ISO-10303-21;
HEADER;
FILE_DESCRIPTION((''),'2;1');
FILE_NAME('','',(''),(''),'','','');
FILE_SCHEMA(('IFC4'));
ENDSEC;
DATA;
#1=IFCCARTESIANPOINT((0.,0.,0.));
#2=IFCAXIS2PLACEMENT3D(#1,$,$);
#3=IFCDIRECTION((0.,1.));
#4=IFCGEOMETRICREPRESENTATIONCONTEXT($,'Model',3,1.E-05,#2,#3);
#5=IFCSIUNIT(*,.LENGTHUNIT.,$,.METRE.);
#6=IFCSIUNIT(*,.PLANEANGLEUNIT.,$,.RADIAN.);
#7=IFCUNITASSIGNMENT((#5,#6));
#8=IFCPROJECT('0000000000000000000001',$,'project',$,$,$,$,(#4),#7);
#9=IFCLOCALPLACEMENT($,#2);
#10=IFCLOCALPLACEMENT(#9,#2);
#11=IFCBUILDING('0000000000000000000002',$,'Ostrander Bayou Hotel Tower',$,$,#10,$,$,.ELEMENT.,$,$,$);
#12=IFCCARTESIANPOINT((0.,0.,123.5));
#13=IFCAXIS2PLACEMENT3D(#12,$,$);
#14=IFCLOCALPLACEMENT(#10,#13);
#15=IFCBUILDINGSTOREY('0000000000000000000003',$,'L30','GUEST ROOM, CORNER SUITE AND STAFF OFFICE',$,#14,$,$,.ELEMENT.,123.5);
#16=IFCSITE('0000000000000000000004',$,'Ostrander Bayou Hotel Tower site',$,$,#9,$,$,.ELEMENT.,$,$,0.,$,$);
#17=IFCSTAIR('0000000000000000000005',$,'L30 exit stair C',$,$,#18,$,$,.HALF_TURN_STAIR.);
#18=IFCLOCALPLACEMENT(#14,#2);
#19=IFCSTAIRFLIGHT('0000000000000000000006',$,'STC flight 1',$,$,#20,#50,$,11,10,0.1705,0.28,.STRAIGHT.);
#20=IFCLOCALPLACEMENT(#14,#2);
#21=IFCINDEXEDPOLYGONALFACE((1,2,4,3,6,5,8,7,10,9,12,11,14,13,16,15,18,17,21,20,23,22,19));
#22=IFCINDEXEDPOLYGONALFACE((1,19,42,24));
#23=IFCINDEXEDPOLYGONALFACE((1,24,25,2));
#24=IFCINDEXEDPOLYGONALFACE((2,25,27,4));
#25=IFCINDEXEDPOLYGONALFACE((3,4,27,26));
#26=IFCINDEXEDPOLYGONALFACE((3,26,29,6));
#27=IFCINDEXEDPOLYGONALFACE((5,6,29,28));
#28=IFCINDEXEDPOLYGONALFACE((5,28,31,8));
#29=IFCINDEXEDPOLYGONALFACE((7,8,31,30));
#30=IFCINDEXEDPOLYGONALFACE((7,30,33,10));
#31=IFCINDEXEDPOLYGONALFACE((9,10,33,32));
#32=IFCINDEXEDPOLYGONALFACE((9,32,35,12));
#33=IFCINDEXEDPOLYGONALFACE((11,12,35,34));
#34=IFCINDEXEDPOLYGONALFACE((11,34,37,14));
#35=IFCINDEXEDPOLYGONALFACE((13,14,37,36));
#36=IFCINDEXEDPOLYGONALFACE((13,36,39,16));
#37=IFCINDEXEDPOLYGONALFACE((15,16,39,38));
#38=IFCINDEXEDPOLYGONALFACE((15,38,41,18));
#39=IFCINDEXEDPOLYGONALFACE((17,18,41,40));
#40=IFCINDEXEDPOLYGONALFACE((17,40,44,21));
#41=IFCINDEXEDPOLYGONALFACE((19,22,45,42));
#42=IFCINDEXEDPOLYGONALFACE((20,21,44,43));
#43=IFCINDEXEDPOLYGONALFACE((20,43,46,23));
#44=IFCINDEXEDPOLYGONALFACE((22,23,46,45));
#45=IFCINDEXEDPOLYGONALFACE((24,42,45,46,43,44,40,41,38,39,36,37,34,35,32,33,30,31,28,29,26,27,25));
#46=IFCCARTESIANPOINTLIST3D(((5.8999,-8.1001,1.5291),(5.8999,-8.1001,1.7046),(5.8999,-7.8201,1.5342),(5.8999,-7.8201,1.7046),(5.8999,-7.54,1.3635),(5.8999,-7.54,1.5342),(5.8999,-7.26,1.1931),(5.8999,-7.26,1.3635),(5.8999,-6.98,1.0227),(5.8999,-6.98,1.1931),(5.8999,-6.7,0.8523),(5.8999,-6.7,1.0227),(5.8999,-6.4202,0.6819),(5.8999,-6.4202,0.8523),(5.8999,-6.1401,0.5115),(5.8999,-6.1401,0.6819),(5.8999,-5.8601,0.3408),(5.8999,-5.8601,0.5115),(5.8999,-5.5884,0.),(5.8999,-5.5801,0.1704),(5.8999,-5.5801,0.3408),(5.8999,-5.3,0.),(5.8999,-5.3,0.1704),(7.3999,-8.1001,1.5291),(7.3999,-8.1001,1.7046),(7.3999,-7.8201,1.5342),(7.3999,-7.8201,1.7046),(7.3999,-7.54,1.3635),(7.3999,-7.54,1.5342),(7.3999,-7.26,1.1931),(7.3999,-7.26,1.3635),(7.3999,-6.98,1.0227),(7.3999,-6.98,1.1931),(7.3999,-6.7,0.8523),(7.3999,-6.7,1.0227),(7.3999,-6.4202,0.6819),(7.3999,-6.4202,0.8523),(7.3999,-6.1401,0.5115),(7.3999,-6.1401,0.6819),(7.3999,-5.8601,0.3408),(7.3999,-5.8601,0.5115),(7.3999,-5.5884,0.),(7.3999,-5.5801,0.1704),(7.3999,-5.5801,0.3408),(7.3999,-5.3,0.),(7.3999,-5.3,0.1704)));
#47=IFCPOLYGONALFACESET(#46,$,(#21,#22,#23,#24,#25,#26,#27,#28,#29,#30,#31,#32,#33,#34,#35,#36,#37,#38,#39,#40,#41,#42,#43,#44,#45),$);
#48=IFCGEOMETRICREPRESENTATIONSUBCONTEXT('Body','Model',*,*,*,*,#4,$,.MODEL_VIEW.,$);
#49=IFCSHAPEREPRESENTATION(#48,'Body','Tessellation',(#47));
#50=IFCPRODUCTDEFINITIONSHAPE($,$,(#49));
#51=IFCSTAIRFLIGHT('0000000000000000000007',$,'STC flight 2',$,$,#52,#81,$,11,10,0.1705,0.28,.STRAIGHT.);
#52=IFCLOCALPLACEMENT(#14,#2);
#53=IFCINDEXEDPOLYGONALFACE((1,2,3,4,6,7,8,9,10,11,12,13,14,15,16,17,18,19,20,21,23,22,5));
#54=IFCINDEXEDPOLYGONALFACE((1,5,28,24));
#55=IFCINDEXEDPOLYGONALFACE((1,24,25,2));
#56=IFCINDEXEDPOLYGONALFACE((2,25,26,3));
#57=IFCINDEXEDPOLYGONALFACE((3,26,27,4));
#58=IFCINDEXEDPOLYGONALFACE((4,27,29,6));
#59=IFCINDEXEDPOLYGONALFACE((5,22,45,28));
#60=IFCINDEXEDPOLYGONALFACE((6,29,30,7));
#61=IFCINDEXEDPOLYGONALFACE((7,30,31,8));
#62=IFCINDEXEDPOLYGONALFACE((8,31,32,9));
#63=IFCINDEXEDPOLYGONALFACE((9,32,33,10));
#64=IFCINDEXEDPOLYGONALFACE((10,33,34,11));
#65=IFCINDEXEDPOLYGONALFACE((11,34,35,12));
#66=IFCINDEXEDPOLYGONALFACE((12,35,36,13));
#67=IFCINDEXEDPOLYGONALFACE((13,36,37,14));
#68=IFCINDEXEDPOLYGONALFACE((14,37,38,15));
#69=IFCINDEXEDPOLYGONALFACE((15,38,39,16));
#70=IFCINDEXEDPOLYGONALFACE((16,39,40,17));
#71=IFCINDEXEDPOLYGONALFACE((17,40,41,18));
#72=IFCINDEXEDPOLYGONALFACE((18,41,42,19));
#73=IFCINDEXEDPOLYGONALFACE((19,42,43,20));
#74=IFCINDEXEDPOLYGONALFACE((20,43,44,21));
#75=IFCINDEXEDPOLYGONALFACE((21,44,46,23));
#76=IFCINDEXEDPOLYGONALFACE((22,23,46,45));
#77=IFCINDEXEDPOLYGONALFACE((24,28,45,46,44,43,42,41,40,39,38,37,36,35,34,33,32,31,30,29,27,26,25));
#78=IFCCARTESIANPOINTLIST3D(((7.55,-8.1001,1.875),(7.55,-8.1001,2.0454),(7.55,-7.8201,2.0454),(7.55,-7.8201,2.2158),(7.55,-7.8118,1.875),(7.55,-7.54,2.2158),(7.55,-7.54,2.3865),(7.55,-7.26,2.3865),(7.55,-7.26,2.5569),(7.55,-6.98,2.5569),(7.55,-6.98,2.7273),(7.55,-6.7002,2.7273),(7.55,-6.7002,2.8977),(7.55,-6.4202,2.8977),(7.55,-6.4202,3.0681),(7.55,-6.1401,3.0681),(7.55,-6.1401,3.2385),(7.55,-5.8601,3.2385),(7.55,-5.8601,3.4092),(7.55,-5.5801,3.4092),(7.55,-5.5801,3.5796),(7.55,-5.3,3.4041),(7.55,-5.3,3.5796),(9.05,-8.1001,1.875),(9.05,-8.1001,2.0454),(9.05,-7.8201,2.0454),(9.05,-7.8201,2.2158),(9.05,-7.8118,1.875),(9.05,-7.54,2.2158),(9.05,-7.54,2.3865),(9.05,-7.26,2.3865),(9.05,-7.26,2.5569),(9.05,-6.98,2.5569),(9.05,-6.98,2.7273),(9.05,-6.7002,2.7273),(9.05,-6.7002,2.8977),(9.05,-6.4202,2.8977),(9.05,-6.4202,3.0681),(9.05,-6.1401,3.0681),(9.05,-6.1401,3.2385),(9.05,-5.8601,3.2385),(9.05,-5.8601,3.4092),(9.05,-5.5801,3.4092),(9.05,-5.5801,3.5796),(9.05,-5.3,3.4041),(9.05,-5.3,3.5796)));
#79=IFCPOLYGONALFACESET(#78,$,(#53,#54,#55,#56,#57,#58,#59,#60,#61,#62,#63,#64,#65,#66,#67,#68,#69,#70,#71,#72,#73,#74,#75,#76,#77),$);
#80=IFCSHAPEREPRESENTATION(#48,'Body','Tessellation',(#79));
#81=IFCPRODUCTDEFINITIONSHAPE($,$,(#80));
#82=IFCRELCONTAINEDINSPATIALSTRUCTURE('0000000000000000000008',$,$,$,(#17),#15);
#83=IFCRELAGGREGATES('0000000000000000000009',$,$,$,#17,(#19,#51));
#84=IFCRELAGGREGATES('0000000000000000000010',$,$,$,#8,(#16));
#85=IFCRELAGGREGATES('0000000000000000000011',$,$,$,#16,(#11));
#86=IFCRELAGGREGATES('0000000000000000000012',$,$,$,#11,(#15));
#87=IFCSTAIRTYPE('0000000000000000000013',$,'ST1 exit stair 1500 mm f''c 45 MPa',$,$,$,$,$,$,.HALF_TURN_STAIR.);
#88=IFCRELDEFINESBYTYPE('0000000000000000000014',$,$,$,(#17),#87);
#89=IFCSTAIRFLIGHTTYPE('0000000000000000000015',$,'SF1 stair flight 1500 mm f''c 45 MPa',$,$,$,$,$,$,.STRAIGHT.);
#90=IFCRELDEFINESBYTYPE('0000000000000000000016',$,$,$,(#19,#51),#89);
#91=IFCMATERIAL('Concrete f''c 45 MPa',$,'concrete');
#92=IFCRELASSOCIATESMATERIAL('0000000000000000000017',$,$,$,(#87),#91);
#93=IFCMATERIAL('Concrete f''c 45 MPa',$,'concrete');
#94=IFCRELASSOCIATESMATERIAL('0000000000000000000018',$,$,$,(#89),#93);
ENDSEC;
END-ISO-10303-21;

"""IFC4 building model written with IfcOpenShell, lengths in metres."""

from ifc_helpers import new_model, si_unit, direction, frame, origin, place, context, subcontext, project, spatial, polyline, outline, extrude, material, type_object, element, aggregate, save


model = new_model("IFC4")

# Units and contexts
model_context = context("Model", 3, precision=1e-05, world=origin(), true_north=direction((0.0, 1.0)))
body_context = subcontext(model_context, "Body", "Model", "MODEL_VIEW")
ifc_project = project(units=[si_unit("LENGTHUNIT", "METRE"), si_unit("PLANEANGLEUNIT", "RADIAN")], contexts=[model_context])

# Site, building, storey
site_placement = place(None, origin())
site = spatial("IfcSite", under=ifc_project, at=site_placement, Name="Ostrander Bayou Hotel Tower site", CompositionType="ELEMENT", RefElevation=0.0)
building_placement = place(site_placement, origin())
building = spatial("IfcBuilding", under=site, at=building_placement, Name="Ostrander Bayou Hotel Tower", CompositionType="ELEMENT")
storey_placement = place(building_placement, frame((0.0, 0.0, 123.5)))
storey = spatial("IfcBuildingStorey", under=building, at=storey_placement, Name="L30", Description="GUEST ROOM, CORNER SUITE AND STAFF OFFICE", CompositionType="ELEMENT", Elevation=123.5)

# Shared definitions
ifc_material_1 = material(Name="Concrete f'c 45 MPa", Category="concrete")
stair_type = type_object("IfcStairType", Name="ST1 exit stair 1500 mm f'c 45 MPa", PredefinedType="HALF_TURN_STAIR", material=ifc_material_1)

# Stair, stair flights
stair_1_placement = place(storey_placement, origin())
stair_1 = element("IfcStair", 1, at=stair_1_placement, inside=storey, type_object=stair_type, Name="L30 exit stair C", PredefinedType="HALF_TURN_STAIR")
ifc_material_2 = material(Name="Concrete f'c 45 MPa", Category="concrete")
stair_flight_type = type_object("IfcStairFlightType", Name="SF1 stair flight 1500 mm f'c 45 MPa", PredefinedType="STRAIGHT", material=ifc_material_2)
stair_flight_1_placement = place(storey_placement, frame((6.6499, -5.3, 0.0), z_axis=(0.0, 0.0, 1.0), x_axis=(0.0, -1.0, 0.0)))
stair_flight_1 = element("IfcStairFlight", 2, at=stair_flight_1_placement, type_object=stair_flight_type, Name="STC flight 1", NumberOfRisers=11, NumberOfTreads=10, PredefinedType="STRAIGHT", RiserHeight=0.1705, TreadLength=0.28, context=body_context, shape_type="SweptSolid", body=[
    extrude(outline(polyline([(0.0, 0.0), (0.0, 0.1704), (0.28, 0.1704), (0.28, 0.3408), (0.5601, 0.3408), (0.5601, 0.5115), (0.8401, 0.5115), (0.8401, 0.6819), (1.1201, 0.6819), (1.1201, 0.8523), (1.3999, 0.8523), (1.3999, 1.0227), (1.6799, 1.0227), (1.6799, 1.1931), (1.96, 1.1931), (1.96, 1.3635), (2.24, 1.3635), (2.24, 1.5342), (2.52, 1.5342), (2.52, 1.7046), (2.8, 1.7046), (2.8, 1.875), (2.8, 1.5291), (0.2883, 0.0), (0.0, 0.0)])), frame((0.0, 0.75, 0.0), z_axis=(0.0, -1.0, 0.0), x_axis=(1.0, 0.0, 0.0)), (0.0, 0.0, 1.0), 1.5),
])
stair_flight_2_placement = place(storey_placement, frame((8.3, -8.1001, 1.875), z_axis=(0.0, 0.0, 1.0), x_axis=(0.0, 1.0, 0.0)))
stair_flight_2 = element("IfcStairFlight", 3, at=stair_flight_2_placement, type_object=stair_flight_type, Name="STC flight 2", NumberOfRisers=11, NumberOfTreads=10, PredefinedType="STRAIGHT", RiserHeight=0.1705, TreadLength=0.28, context=body_context, shape_type="SweptSolid", body=[
    extrude(outline(polyline([(0.0, 0.0), (0.0, 0.1704), (0.28, 0.1704), (0.28, 0.3408), (0.5601, 0.3408), (0.5601, 0.5115), (0.8401, 0.5115), (0.8401, 0.6819), (1.1201, 0.6819), (1.1201, 0.8523), (1.3999, 0.8523), (1.3999, 1.0227), (1.6799, 1.0227), (1.6799, 1.1931), (1.96, 1.1931), (1.96, 1.3635), (2.24, 1.3635), (2.24, 1.5342), (2.52, 1.5342), (2.52, 1.7046), (2.8, 1.7046), (2.8, 1.875), (2.8, 1.5291), (0.2883, 0.0), (0.0, 0.0)])), frame((0.0, 0.75, 0.0), z_axis=(0.0, -1.0, 0.0), x_axis=(1.0, 0.0, 0.0)), (0.0, 0.0, 1.0), 1.5),
])
aggregate(stair_1, [stair_flight_1, stair_flight_2])

save(model, "model.ifc")
